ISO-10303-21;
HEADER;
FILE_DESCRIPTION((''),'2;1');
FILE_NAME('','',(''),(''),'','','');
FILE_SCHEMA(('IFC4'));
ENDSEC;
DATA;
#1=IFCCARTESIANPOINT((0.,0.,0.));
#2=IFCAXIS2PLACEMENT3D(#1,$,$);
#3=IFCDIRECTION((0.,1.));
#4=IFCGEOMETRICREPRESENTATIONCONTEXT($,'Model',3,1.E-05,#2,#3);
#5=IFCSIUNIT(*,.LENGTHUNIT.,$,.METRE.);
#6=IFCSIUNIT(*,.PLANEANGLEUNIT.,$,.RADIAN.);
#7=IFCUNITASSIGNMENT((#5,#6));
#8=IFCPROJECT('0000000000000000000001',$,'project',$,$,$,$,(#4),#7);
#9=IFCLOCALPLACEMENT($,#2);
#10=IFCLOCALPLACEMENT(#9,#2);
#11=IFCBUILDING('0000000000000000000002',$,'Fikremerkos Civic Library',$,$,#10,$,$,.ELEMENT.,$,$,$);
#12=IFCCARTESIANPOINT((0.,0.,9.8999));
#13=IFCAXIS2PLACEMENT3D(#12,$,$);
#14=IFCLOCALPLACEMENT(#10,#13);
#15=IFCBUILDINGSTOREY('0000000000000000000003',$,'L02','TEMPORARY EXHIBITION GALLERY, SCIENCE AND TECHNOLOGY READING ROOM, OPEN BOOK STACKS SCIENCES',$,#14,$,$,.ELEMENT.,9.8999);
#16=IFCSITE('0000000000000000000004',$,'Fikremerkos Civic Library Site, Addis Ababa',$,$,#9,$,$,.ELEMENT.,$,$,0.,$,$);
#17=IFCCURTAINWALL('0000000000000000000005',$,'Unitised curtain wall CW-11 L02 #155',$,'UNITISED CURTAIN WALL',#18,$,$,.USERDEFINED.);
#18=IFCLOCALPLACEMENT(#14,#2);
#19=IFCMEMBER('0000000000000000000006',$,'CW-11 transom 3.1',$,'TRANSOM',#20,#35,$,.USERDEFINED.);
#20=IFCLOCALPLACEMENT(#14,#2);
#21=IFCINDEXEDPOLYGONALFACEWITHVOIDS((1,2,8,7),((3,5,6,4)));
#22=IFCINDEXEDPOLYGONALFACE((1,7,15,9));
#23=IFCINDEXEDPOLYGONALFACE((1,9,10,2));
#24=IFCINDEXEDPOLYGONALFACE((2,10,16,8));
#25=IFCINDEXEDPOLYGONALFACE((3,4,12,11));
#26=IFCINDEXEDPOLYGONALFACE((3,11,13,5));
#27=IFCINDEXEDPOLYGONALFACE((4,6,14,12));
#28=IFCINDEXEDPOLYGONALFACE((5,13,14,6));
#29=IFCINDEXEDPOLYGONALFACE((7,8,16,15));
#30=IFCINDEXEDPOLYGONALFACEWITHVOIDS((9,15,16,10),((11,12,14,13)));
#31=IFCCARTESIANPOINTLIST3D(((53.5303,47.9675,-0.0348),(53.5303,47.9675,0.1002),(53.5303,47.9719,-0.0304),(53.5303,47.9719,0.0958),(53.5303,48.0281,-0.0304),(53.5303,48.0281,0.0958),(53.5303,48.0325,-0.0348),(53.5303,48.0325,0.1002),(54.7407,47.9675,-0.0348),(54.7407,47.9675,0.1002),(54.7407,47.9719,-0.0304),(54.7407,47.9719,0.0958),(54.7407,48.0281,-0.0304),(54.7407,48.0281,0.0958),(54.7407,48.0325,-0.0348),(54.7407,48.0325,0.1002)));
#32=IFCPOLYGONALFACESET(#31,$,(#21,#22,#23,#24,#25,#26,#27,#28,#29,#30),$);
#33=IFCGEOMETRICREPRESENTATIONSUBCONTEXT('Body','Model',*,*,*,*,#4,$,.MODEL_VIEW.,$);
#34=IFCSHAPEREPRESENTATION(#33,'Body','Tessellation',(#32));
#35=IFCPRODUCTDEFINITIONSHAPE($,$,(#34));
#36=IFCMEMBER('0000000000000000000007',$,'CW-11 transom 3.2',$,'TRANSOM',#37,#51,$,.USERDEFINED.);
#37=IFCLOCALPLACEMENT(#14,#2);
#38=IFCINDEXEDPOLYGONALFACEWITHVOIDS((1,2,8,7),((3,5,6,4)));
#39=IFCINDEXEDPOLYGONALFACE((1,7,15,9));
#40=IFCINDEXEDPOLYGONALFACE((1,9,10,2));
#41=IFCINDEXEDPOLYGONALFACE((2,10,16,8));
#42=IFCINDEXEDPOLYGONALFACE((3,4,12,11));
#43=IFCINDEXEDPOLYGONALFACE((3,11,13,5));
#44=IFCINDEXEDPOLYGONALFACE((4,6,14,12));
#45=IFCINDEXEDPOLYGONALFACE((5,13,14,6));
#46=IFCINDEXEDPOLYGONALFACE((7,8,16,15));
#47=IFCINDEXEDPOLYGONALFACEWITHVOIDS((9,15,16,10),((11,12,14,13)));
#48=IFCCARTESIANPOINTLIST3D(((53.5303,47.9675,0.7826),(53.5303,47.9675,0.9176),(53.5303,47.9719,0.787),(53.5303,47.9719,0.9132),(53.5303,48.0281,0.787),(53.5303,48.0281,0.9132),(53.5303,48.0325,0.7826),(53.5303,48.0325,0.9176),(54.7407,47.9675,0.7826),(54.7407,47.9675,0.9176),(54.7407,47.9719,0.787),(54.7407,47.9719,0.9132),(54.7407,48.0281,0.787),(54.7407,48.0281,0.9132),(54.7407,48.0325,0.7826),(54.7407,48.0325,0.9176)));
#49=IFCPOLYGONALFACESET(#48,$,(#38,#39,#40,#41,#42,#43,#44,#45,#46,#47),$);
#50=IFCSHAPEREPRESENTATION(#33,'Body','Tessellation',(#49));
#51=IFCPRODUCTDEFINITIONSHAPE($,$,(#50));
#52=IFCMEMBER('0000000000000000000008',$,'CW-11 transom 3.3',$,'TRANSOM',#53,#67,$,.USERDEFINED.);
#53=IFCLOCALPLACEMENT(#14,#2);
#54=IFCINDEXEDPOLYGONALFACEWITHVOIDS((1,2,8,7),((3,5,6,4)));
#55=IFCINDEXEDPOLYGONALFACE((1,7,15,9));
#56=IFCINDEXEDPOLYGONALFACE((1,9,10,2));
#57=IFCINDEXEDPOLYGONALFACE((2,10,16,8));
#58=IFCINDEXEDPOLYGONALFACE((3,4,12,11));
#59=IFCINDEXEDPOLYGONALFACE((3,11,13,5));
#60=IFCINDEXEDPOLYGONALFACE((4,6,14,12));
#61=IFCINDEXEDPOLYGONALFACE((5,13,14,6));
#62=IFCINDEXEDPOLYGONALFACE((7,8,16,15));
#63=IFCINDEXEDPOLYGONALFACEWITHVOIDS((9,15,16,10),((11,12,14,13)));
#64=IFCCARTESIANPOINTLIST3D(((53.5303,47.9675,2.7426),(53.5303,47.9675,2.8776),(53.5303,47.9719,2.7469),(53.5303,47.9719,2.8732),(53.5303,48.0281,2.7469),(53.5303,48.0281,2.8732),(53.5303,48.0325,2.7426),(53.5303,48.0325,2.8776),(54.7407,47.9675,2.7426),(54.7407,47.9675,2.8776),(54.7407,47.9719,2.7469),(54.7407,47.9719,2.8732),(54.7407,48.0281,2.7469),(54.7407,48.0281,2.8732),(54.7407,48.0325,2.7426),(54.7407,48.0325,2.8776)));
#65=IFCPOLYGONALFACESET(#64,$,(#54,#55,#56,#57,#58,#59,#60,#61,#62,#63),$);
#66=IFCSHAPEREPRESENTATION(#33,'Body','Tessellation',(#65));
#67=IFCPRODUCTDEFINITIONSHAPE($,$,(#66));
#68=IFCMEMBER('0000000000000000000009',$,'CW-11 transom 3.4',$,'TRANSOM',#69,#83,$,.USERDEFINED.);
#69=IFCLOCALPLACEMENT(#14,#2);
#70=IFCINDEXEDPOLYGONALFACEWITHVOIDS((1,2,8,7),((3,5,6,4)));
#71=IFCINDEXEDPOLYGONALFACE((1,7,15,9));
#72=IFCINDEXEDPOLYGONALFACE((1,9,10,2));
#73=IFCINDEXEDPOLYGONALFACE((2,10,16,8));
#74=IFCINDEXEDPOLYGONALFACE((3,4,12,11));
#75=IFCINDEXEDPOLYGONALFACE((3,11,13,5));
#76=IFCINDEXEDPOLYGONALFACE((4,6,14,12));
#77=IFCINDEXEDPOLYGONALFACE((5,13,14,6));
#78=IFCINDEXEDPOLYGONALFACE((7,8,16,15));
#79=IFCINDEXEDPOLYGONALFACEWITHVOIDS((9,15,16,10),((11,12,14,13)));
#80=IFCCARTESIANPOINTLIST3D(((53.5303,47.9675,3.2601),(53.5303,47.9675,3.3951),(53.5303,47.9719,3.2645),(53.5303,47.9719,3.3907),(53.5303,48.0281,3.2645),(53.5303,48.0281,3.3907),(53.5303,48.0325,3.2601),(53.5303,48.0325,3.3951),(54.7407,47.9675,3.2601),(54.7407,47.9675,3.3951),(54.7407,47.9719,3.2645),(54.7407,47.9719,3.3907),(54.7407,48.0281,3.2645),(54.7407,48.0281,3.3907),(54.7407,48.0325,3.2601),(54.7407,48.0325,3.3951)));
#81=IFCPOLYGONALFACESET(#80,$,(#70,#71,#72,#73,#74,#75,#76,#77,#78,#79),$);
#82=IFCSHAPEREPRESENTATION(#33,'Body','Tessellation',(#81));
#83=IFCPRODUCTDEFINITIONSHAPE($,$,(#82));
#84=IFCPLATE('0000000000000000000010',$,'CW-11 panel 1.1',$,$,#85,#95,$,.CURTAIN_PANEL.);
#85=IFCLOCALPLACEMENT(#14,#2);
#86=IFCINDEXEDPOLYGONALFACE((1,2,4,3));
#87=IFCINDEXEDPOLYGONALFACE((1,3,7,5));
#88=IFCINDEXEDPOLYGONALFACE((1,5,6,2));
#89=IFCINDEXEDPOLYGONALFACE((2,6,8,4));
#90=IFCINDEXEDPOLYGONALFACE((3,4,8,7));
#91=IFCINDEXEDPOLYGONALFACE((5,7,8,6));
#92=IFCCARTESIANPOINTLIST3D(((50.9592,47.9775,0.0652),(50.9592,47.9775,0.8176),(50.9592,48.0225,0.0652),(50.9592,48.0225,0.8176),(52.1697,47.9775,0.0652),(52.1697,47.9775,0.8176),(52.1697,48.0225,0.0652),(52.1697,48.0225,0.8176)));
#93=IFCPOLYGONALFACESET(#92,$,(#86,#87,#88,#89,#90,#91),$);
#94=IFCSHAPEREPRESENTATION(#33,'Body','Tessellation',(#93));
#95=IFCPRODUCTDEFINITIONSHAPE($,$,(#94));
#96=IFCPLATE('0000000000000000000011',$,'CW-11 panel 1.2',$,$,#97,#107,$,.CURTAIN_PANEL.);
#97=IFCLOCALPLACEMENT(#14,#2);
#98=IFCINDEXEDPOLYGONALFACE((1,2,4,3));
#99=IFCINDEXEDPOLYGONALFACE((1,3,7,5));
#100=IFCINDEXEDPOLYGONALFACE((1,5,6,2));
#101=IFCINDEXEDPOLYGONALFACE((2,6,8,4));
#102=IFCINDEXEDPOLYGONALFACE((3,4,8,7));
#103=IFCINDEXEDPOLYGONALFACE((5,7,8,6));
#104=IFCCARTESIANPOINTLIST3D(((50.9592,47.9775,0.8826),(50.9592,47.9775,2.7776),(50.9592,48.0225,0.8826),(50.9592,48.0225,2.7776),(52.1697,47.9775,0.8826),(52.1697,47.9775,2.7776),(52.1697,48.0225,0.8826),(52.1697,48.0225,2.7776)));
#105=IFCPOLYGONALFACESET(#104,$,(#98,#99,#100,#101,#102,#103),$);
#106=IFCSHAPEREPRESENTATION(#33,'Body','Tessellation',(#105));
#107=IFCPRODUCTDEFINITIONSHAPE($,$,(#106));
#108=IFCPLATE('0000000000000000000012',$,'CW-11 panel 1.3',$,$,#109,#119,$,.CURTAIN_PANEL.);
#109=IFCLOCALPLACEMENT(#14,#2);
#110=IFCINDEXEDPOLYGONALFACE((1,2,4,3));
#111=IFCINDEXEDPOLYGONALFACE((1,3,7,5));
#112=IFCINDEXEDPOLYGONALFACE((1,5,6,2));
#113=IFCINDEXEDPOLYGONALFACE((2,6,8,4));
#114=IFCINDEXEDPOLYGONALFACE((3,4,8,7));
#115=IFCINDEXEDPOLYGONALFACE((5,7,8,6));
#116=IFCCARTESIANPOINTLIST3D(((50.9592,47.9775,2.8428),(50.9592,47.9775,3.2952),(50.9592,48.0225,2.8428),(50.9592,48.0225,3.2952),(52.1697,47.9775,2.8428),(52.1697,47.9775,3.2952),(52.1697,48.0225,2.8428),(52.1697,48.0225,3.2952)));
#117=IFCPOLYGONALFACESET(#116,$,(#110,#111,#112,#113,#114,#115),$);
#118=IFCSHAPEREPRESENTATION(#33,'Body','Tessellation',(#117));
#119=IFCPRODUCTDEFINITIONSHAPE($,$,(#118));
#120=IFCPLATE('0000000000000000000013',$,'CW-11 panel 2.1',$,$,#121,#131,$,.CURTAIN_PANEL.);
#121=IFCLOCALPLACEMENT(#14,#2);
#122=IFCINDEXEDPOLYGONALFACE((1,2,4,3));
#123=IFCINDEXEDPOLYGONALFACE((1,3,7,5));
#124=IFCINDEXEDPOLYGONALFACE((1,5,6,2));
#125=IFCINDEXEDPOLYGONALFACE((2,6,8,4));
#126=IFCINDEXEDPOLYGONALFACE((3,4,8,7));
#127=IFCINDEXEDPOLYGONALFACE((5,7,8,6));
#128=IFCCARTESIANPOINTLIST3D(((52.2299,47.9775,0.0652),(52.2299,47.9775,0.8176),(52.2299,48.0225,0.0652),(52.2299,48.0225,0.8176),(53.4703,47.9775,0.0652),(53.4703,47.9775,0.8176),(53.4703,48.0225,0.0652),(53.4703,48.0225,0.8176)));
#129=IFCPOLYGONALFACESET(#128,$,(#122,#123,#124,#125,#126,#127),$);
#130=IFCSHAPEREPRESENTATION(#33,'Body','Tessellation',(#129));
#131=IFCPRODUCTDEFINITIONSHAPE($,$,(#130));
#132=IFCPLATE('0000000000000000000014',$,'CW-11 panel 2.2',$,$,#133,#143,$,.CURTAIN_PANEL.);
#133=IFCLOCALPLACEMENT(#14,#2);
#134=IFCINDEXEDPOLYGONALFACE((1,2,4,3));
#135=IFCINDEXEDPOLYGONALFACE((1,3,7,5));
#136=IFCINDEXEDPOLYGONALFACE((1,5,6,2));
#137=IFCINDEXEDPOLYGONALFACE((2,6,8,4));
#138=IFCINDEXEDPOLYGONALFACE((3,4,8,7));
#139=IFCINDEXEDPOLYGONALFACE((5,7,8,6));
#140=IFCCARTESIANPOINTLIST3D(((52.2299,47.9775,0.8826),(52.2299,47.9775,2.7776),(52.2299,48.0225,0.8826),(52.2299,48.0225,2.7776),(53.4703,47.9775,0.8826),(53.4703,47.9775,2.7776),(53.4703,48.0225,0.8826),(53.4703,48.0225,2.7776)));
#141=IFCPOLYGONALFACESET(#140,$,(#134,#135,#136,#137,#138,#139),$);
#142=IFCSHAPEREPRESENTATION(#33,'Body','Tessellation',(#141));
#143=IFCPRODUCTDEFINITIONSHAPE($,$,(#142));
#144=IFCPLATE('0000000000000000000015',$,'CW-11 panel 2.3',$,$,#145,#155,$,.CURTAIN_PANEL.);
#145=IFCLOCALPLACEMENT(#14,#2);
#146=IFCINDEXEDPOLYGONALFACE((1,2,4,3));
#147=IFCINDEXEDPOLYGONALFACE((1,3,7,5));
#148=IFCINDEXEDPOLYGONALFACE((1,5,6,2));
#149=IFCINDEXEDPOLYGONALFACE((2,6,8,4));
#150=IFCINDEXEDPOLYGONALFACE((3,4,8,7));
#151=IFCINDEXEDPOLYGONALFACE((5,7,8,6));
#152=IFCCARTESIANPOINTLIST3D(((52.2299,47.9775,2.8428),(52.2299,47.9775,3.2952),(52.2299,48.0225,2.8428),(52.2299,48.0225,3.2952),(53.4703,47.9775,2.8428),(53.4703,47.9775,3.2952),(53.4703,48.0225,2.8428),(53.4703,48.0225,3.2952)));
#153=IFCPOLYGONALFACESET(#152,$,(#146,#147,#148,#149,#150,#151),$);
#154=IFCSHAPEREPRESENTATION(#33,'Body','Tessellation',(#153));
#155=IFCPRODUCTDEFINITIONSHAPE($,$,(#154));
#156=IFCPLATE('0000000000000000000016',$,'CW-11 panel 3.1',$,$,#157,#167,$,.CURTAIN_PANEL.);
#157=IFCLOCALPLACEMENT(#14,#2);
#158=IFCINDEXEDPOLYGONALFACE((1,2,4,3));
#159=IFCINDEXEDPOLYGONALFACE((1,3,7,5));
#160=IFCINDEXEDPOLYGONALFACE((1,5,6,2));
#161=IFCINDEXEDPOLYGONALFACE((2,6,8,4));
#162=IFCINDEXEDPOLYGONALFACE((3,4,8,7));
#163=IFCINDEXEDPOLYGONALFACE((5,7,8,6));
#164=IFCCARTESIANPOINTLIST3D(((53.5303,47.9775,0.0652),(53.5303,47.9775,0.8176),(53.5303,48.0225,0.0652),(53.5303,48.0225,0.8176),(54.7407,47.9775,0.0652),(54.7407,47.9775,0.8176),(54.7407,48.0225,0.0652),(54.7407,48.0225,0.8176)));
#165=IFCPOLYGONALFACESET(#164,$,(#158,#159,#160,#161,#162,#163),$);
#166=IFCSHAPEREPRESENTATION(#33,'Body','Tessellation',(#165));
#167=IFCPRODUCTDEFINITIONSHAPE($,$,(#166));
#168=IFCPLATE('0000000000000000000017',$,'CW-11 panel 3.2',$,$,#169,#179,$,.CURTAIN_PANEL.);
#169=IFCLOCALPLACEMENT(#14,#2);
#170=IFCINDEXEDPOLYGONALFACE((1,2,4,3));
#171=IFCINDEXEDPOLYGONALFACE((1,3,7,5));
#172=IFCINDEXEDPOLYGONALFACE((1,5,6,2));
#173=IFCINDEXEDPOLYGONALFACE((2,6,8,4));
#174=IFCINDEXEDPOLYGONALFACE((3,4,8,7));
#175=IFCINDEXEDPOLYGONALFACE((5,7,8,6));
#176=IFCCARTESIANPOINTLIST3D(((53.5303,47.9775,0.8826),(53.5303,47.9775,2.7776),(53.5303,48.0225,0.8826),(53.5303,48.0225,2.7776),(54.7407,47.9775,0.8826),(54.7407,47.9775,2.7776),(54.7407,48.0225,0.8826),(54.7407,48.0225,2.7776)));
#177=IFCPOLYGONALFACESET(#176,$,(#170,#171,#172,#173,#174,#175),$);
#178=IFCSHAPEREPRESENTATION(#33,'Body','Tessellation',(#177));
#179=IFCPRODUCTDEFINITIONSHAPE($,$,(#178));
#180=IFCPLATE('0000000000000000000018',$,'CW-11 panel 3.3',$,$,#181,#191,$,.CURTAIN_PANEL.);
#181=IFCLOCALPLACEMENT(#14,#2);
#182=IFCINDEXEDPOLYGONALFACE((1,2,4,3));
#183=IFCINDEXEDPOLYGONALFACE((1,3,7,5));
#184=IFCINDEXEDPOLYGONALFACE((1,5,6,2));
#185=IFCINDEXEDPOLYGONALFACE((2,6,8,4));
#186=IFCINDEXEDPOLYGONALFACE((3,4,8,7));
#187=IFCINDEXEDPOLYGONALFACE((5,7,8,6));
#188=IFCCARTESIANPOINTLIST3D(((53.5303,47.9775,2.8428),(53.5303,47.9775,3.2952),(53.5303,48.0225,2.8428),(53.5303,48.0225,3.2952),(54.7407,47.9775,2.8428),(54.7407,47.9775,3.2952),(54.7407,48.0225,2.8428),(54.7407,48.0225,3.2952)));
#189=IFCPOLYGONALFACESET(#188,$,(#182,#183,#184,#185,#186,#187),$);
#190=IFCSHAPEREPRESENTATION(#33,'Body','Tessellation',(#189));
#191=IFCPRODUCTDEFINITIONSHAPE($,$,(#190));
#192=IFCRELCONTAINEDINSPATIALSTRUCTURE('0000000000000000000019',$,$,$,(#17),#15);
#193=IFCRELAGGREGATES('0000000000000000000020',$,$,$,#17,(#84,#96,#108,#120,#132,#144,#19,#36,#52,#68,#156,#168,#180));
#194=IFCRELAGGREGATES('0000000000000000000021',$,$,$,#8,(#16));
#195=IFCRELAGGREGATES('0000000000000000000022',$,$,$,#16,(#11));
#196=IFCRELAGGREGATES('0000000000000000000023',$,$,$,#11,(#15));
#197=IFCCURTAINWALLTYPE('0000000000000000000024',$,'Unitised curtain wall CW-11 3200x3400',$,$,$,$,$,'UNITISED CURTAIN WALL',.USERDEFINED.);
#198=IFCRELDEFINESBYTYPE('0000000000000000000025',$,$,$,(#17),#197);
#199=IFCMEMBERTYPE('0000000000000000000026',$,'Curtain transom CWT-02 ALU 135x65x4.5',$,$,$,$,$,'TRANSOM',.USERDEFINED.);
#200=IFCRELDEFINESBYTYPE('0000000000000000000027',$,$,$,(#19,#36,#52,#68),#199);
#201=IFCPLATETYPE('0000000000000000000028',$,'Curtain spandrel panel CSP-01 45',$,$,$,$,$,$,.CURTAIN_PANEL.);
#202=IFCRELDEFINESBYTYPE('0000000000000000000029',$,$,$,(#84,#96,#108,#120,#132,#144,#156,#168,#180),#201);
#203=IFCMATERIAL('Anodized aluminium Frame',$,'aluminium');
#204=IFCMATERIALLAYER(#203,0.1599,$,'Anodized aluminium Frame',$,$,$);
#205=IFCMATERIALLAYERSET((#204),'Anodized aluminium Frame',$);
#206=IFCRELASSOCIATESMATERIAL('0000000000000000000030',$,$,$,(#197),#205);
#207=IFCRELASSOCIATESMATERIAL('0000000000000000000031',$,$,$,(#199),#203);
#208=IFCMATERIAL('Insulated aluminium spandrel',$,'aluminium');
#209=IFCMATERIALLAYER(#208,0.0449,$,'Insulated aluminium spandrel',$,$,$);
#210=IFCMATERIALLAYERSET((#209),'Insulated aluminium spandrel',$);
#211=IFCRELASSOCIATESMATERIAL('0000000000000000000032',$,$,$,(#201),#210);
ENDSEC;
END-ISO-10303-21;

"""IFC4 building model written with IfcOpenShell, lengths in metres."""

from ifc_helpers import new_model, si_unit, direction, frame, origin, origin_2d, place, context, subcontext, project, spatial, rectangle, hollow_rectangle, extrude, material, layer, layer_set, material_profile, profile_set, type_object, element, aggregate, save


model = new_model("IFC4")

# Units and contexts
model_context = context("Model", 3, precision=1e-05, world=origin(), true_north=direction((0.0, 1.0)))
body_context = subcontext(model_context, "Body", "Model", "MODEL_VIEW")
ifc_project = project(units=[si_unit("LENGTHUNIT", "METRE"), si_unit("PLANEANGLEUNIT", "RADIAN")], contexts=[model_context])

# Site, building, storey
site_placement = place(None, origin())
site = spatial("IfcSite", under=ifc_project, at=site_placement, Name="Fikremerkos Civic Library Site, Addis Ababa", CompositionType="ELEMENT", RefElevation=0.0)
building_placement = place(site_placement, origin())
building = spatial("IfcBuilding", under=site, at=building_placement, Name="Fikremerkos Civic Library", CompositionType="ELEMENT")
storey_placement = place(building_placement, frame((0.0, 0.0, 9.8999)))
storey = spatial("IfcBuildingStorey", under=building, at=storey_placement, Name="L02", Description="TEMPORARY EXHIBITION GALLERY, SCIENCE AND TECHNOLOGY READING ROOM, OPEN BOOK STACKS SCIENCES", CompositionType="ELEMENT", Elevation=9.8999)

# Curtain wall
ifc_material_1 = material(Name="Anodized aluminium Frame", Category="aluminium")
ifc_layer_1 = layer(ifc_material_1, 0.1599, Name="Anodized aluminium Frame")
ifc_layer_set_1 = layer_set([ifc_layer_1], Name="Anodized aluminium Frame")
curtain_wall_type_1 = type_object("IfcCurtainWallType", Name="Unitised curtain wall CW-11 3200x3400", ElementType="UNITISED CURTAIN WALL", PredefinedType="USERDEFINED", material=ifc_layer_set_1)
curtain_wall_1_placement = place(storey_placement, origin())
curtain_wall_1 = element("IfcCurtainWall", 1, at=curtain_wall_1_placement, inside=storey, type_object=curtain_wall_type_1, Name="Unitised curtain wall CW-11 L02 #155", ObjectType="UNITISED CURTAIN WALL", PredefinedType="USERDEFINED")

# Members
ifc_material_profile_1 = material_profile(ifc_material_1, hollow_rectangle(XDim=0.0649, YDim=0.135, WallThickness=0.0044, at=origin_2d()), Name="ALU 135x65x4.5")
ifc_profile_set_1 = profile_set([ifc_material_profile_1], Name="Anodized aluminium Frame")
member_type_1 = type_object("IfcMemberType", Name="Curtain transom CWT-02 ALU 135x65x4.5", ElementType="TRANSOM", PredefinedType="USERDEFINED", material=ifc_profile_set_1)
member_1_placement = place(storey_placement, frame((53.5303, 48.0, 0.0327), z_axis=(1.0, 0.0, 0.0), x_axis=(0.0, 1.0, 0.0)))
member_1 = element("IfcMember", 2, at=member_1_placement, type_object=member_type_1, Name="CW-11 transom 3.1", ObjectType="TRANSOM", PredefinedType="USERDEFINED", context=body_context, shape_type="SweptSolid", body=[
    extrude(hollow_rectangle(XDim=0.0649, YDim=0.135, WallThickness=0.0044, at=origin_2d()), origin(), (0.0, 0.0, 1.0), 1.2104),
])
member_2_placement = place(storey_placement, frame((53.5303, 48.0, 0.8501), z_axis=(1.0, 0.0, 0.0), x_axis=(0.0, 1.0, 0.0)))
member_2 = element("IfcMember", 3, at=member_2_placement, type_object=member_type_1, Name="CW-11 transom 3.2", ObjectType="TRANSOM", PredefinedType="USERDEFINED", context=body_context, shape_type="SweptSolid", body=[
    extrude(hollow_rectangle(XDim=0.0649, YDim=0.135, WallThickness=0.0044, at=origin_2d()), origin(), (0.0, 0.0, 1.0), 1.2104),
])
member_3_placement = place(storey_placement, frame((53.5303, 48.0, 2.8101), z_axis=(1.0, 0.0, 0.0), x_axis=(0.0, 1.0, 0.0)))
member_3 = element("IfcMember", 4, at=member_3_placement, type_object=member_type_1, Name="CW-11 transom 3.3", ObjectType="TRANSOM", PredefinedType="USERDEFINED", context=body_context, shape_type="SweptSolid", body=[
    extrude(hollow_rectangle(XDim=0.0649, YDim=0.135, WallThickness=0.0044, at=origin_2d()), origin(), (0.0, 0.0, 1.0), 1.2104),
])
member_4_placement = place(storey_placement, frame((53.5303, 48.0, 3.3276), z_axis=(1.0, 0.0, 0.0), x_axis=(0.0, 1.0, 0.0)))
member_4 = element("IfcMember", 5, at=member_4_placement, type_object=member_type_1, Name="CW-11 transom 3.4", ObjectType="TRANSOM", PredefinedType="USERDEFINED", context=body_context, shape_type="SweptSolid", body=[
    extrude(hollow_rectangle(XDim=0.0649, YDim=0.135, WallThickness=0.0044, at=origin_2d()), origin(), (0.0, 0.0, 1.0), 1.2104),
])

# Plates
ifc_material_2 = material(Name="Insulated aluminium spandrel", Category="aluminium")
ifc_layer_2 = layer(ifc_material_2, 0.0449, Name="Insulated aluminium spandrel")
ifc_layer_set_2 = layer_set([ifc_layer_2], Name="Insulated aluminium spandrel")
plate_type = type_object("IfcPlateType", Name="Curtain spandrel panel CSP-01 45", PredefinedType="CURTAIN_PANEL", material=ifc_layer_set_2)
plate_1_placement = place(storey_placement, frame((51.5645, 48.0, 0.0652), z_axis=(0.0, 0.0, 1.0), x_axis=(1.0, 0.0, 0.0)))
plate_1 = element("IfcPlate", 6, at=plate_1_placement, type_object=plate_type, Name="CW-11 panel 1.1", PredefinedType="CURTAIN_PANEL", context=body_context, shape_type="SweptSolid", body=[
    extrude(rectangle(XDim=1.2104, YDim=0.0449, at=origin_2d()), origin(), (0.0, 0.0, 1.0), 0.7524),
])
plate_2_placement = place(storey_placement, frame((51.5645, 48.0, 0.8826), z_axis=(0.0, 0.0, 1.0), x_axis=(1.0, 0.0, 0.0)))
plate_2 = element("IfcPlate", 7, at=plate_2_placement, type_object=plate_type, Name="CW-11 panel 1.2", PredefinedType="CURTAIN_PANEL", context=body_context, shape_type="SweptSolid", body=[
    extrude(rectangle(XDim=1.2104, YDim=0.0449, at=origin_2d()), origin(), (0.0, 0.0, 1.0), 1.895),
])
plate_3_placement = place(storey_placement, frame((51.5645, 48.0, 2.8428), z_axis=(0.0, 0.0, 1.0), x_axis=(1.0, 0.0, 0.0)))
plate_3 = element("IfcPlate", 8, at=plate_3_placement, type_object=plate_type, Name="CW-11 panel 1.3", PredefinedType="CURTAIN_PANEL", context=body_context, shape_type="SweptSolid", body=[
    extrude(rectangle(XDim=1.2104, YDim=0.0449, at=origin_2d()), origin(), (0.0, 0.0, 1.0), 0.4524),
])
plate_4_placement = place(storey_placement, frame((52.8501, 48.0, 0.0652), z_axis=(0.0, 0.0, 1.0), x_axis=(1.0, 0.0, 0.0)))
plate_4 = element("IfcPlate", 9, at=plate_4_placement, type_object=plate_type, Name="CW-11 panel 2.1", PredefinedType="CURTAIN_PANEL", context=body_context, shape_type="SweptSolid", body=[
    extrude(rectangle(XDim=1.2405, YDim=0.0449, at=origin_2d()), origin(), (0.0, 0.0, 1.0), 0.7524),
])
plate_5_placement = place(storey_placement, frame((52.8501, 48.0, 0.8826), z_axis=(0.0, 0.0, 1.0), x_axis=(1.0, 0.0, 0.0)))
plate_5 = element("IfcPlate", 10, at=plate_5_placement, type_object=plate_type, Name="CW-11 panel 2.2", PredefinedType="CURTAIN_PANEL", context=body_context, shape_type="SweptSolid", body=[
    extrude(rectangle(XDim=1.2405, YDim=0.0449, at=origin_2d()), origin(), (0.0, 0.0, 1.0), 1.895),
])
plate_6_placement = place(storey_placement, frame((52.8501, 48.0, 2.8428), z_axis=(0.0, 0.0, 1.0), x_axis=(1.0, 0.0, 0.0)))
plate_6 = element("IfcPlate", 11, at=plate_6_placement, type_object=plate_type, Name="CW-11 panel 2.3", PredefinedType="CURTAIN_PANEL", context=body_context, shape_type="SweptSolid", body=[
    extrude(rectangle(XDim=1.2405, YDim=0.0449, at=origin_2d()), origin(), (0.0, 0.0, 1.0), 0.4524),
])
plate_7_placement = place(storey_placement, frame((54.1355, 48.0, 0.0652), z_axis=(0.0, 0.0, 1.0), x_axis=(1.0, 0.0, 0.0)))
plate_7 = element("IfcPlate", 12, at=plate_7_placement, type_object=plate_type, Name="CW-11 panel 3.1", PredefinedType="CURTAIN_PANEL", context=body_context, shape_type="SweptSolid", body=[
    extrude(rectangle(XDim=1.2104, YDim=0.0449, at=origin_2d()), origin(), (0.0, 0.0, 1.0), 0.7524),
])
plate_8_placement = place(storey_placement, frame((54.1355, 48.0, 0.8826), z_axis=(0.0, 0.0, 1.0), x_axis=(1.0, 0.0, 0.0)))
plate_8 = element("IfcPlate", 13, at=plate_8_placement, type_object=plate_type, Name="CW-11 panel 3.2", PredefinedType="CURTAIN_PANEL", context=body_context, shape_type="SweptSolid", body=[
    extrude(rectangle(XDim=1.2104, YDim=0.0449, at=origin_2d()), origin(), (0.0, 0.0, 1.0), 1.895),
])
plate_9_placement = place(storey_placement, frame((54.1355, 48.0, 2.8428), z_axis=(0.0, 0.0, 1.0), x_axis=(1.0, 0.0, 0.0)))
plate_9 = element("IfcPlate", 14, at=plate_9_placement, type_object=plate_type, Name="CW-11 panel 3.3", PredefinedType="CURTAIN_PANEL", context=body_context, shape_type="SweptSolid", body=[
    extrude(rectangle(XDim=1.2104, YDim=0.0449, at=origin_2d()), origin(), (0.0, 0.0, 1.0), 0.4524),
])
aggregate(curtain_wall_1, [plate_1, plate_2, plate_3, plate_4, plate_5, plate_6, member_1, member_2, member_3, member_4, plate_7, plate_8, plate_9])

save(model, "model.ifc")
